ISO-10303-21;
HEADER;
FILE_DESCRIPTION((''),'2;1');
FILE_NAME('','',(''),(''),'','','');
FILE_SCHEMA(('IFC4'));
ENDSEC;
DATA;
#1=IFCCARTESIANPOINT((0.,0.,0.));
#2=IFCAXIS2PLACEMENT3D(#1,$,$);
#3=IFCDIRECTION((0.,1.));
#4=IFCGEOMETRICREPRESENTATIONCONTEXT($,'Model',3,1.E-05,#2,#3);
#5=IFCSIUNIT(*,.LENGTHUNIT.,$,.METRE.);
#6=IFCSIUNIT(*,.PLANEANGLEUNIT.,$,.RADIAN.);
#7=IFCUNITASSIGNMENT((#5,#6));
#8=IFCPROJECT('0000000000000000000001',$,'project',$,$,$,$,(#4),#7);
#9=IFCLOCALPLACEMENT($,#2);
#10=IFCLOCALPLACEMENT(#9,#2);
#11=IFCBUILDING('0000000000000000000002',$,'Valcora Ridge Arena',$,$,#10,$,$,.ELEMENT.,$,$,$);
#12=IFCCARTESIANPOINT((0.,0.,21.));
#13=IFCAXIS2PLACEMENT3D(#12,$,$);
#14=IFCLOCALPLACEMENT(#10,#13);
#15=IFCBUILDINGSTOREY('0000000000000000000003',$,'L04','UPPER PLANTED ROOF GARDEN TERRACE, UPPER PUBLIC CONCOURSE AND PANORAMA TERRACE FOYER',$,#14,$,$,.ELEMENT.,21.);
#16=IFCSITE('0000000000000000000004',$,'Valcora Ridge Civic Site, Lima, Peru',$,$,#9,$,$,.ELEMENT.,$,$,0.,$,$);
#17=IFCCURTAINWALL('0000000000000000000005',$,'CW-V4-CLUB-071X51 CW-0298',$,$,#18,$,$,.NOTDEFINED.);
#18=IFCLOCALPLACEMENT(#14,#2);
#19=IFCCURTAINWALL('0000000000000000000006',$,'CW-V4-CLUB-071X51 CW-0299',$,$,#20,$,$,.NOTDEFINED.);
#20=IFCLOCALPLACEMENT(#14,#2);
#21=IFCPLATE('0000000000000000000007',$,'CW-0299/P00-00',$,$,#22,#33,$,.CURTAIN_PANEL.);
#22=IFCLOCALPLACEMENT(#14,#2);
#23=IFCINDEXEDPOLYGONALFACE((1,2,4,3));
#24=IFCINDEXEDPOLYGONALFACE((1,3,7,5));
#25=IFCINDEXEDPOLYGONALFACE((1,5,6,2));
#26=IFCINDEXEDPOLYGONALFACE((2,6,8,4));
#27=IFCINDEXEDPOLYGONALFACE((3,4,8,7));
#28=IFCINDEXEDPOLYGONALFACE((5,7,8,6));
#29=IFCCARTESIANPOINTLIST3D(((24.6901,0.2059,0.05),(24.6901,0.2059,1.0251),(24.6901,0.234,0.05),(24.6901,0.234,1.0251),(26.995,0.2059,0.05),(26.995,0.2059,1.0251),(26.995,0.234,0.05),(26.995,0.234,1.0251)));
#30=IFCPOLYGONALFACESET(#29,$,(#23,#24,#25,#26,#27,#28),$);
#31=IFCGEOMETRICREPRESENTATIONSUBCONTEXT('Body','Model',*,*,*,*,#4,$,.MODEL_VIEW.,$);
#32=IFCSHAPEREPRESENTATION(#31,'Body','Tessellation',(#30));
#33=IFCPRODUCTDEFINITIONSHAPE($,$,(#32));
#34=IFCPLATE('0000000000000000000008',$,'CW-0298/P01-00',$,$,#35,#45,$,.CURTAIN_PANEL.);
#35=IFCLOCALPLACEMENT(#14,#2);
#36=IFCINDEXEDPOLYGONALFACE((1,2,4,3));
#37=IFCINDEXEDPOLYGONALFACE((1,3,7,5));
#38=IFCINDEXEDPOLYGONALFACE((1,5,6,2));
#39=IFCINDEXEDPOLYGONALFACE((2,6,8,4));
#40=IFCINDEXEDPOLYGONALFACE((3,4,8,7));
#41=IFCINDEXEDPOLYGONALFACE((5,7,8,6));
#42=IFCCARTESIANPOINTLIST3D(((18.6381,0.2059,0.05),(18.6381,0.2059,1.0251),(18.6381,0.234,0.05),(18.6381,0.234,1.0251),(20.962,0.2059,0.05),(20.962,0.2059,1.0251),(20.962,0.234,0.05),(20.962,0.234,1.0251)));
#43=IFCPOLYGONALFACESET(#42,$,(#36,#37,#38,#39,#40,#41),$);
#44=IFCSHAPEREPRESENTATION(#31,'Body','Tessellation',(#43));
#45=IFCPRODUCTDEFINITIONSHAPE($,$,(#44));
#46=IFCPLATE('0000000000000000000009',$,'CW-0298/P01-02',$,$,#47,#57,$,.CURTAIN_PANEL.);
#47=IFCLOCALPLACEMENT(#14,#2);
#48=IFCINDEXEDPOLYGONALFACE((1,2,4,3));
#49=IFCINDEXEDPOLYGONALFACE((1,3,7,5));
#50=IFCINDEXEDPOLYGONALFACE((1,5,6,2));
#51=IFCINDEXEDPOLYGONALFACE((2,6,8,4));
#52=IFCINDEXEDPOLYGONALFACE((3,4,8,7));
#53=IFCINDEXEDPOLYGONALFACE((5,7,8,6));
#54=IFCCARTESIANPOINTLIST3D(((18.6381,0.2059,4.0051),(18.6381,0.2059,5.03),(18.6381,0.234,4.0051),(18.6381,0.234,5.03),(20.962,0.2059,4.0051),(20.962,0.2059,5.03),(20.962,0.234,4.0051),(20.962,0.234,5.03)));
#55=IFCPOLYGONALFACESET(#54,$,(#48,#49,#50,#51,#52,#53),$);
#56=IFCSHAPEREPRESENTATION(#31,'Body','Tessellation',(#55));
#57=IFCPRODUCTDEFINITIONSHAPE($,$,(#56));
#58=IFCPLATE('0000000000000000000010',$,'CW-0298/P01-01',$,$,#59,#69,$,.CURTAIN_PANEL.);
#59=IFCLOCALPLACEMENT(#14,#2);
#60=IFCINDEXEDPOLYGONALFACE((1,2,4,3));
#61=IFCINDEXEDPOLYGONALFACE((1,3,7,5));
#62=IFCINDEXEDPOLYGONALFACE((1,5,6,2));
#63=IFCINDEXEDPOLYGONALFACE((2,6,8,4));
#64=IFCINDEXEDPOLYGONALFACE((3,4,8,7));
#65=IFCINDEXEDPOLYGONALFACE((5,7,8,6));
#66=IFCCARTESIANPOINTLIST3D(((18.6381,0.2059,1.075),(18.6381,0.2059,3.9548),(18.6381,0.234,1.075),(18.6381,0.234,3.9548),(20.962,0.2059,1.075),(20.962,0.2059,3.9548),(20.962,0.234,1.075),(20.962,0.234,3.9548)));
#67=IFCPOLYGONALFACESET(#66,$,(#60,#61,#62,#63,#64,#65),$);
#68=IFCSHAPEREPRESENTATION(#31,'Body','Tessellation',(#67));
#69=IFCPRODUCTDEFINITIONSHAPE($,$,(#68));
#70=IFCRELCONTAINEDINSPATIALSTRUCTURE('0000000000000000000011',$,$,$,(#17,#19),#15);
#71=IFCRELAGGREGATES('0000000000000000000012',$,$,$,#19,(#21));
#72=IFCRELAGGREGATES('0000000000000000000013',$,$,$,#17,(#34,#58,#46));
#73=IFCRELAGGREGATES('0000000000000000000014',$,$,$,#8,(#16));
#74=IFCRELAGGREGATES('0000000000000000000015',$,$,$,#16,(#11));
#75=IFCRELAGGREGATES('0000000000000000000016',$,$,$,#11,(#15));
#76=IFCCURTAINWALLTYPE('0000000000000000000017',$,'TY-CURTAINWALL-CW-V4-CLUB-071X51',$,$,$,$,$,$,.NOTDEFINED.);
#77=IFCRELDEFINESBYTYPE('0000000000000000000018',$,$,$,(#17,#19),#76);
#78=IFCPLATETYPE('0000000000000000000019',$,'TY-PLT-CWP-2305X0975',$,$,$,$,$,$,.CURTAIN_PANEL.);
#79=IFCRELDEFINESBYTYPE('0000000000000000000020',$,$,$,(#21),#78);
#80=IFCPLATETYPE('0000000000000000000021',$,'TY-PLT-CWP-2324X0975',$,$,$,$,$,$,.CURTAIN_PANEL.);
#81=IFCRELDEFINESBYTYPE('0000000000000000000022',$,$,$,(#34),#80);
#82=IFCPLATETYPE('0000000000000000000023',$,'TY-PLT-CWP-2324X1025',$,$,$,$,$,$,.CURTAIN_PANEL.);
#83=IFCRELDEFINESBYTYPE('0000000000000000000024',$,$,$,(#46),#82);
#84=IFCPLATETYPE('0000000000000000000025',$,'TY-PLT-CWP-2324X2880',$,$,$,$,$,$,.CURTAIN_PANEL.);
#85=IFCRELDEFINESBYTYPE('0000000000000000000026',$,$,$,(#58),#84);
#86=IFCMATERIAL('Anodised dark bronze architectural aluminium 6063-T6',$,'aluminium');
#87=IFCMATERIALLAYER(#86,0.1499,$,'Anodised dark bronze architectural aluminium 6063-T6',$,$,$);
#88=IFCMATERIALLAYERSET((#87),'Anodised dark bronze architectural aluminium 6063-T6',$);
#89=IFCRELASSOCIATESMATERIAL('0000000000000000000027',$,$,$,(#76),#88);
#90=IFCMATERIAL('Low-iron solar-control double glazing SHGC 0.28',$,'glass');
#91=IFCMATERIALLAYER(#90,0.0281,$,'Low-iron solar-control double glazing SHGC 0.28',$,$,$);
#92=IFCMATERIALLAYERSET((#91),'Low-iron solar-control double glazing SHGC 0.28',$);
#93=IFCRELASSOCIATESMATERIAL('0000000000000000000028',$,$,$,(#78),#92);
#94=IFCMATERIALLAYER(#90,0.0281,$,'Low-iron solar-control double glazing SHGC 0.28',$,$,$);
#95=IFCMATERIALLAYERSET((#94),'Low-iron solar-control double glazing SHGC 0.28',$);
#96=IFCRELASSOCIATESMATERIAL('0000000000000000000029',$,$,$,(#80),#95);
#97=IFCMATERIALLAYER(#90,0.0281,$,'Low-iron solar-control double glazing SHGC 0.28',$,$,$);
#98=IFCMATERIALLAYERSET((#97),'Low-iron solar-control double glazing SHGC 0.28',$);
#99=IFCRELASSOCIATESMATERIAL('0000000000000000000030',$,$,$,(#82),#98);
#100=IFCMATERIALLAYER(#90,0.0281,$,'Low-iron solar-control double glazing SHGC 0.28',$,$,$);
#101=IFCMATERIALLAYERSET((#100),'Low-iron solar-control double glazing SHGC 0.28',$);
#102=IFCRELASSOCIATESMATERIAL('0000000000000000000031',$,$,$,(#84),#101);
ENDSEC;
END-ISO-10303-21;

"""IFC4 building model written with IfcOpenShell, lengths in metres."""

from ifc_helpers import new_model, si_unit, direction, frame, origin, origin_2d, place, context, subcontext, project, spatial, rectangle, extrude, material, layer, layer_set, type_object, element, aggregate, save


model = new_model("IFC4")

# Units and contexts
model_context = context("Model", 3, precision=1e-05, world=origin(), true_north=direction((0.0, 1.0)))
body_context = subcontext(model_context, "Body", "Model", "MODEL_VIEW")
ifc_project = project(units=[si_unit("LENGTHUNIT", "METRE"), si_unit("PLANEANGLEUNIT", "RADIAN")], contexts=[model_context])

# Site, building, storey
site_placement = place(None, origin())
site = spatial("IfcSite", under=ifc_project, at=site_placement, Name="Valcora Ridge Civic Site, Lima, Peru", CompositionType="ELEMENT", RefElevation=0.0)
building_placement = place(site_placement, origin())
building = spatial("IfcBuilding", under=site, at=building_placement, Name="Valcora Ridge Arena", CompositionType="ELEMENT")
storey_placement = place(building_placement, frame((0.0, 0.0, 21.0)))
storey = spatial("IfcBuildingStorey", under=building, at=storey_placement, Name="L04", Description="UPPER PLANTED ROOF GARDEN TERRACE, UPPER PUBLIC CONCOURSE AND PANORAMA TERRACE FOYER", CompositionType="ELEMENT", Elevation=21.0)

# Curtain wall
ifc_material_1 = material(Name="Anodised dark bronze architectural aluminium 6063-T6", Category="aluminium")
ifc_layer_1 = layer(ifc_material_1, 0.1499, Name="Anodised dark bronze architectural aluminium 6063-T6")
ifc_layer_set_1 = layer_set([ifc_layer_1], Name="Anodised dark bronze architectural aluminium 6063-T6")
curtain_wall_type = type_object("IfcCurtainWallType", Name="TY-CURTAINWALL-CW-V4-CLUB-071X51", PredefinedType="NOTDEFINED", material=ifc_layer_set_1)
curtain_wall_1_placement = place(storey_placement, origin())
curtain_wall_1 = element("IfcCurtainWall", 1, at=curtain_wall_1_placement, inside=storey, type_object=curtain_wall_type, Name="CW-V4-CLUB-071X51 CW-0298", PredefinedType="NOTDEFINED")

# Curtain wall
curtain_wall_2_placement = place(storey_placement, origin())
curtain_wall_2 = element("IfcCurtainWall", 2, at=curtain_wall_2_placement, inside=storey, type_object=curtain_wall_type, Name="CW-V4-CLUB-071X51 CW-0299", PredefinedType="NOTDEFINED")

# Plates
ifc_material_2 = material(Name="Low-iron solar-control double glazing SHGC 0.28", Category="glass")
ifc_layer_2 = layer(ifc_material_2, 0.0281, Name="Low-iron solar-control double glazing SHGC 0.28")
ifc_layer_set_2 = layer_set([ifc_layer_2], Name="Low-iron solar-control double glazing SHGC 0.28")
plate_type_1 = type_object("IfcPlateType", Name="TY-PLT-CWP-2305X0975", PredefinedType="CURTAIN_PANEL", material=ifc_layer_set_2)
plate_1_placement = place(storey_placement, frame((25.8425, 0.22, 0.05), z_axis=(0.0, 0.0, 1.0), x_axis=(1.0, 0.0, 0.0)))
plate_1 = element("IfcPlate", 3, at=plate_1_placement, type_object=plate_type_1, Name="CW-0299/P00-00", PredefinedType="CURTAIN_PANEL", context=body_context, shape_type="SweptSolid", body=[
    extrude(rectangle(XDim=2.3049, YDim=0.0281, at=origin_2d()), origin(), (0.0, 0.0, 1.0), 0.9751),
])
aggregate(curtain_wall_2, [plate_1])
ifc_layer_3 = layer(ifc_material_2, 0.0281, Name="Low-iron solar-control double glazing SHGC 0.28")
ifc_layer_set_3 = layer_set([ifc_layer_3], Name="Low-iron solar-control double glazing SHGC 0.28")
plate_type_2 = type_object("IfcPlateType", Name="TY-PLT-CWP-2324X0975", PredefinedType="CURTAIN_PANEL", material=ifc_layer_set_3)
plate_2_placement = place(storey_placement, frame((19.8, 0.22, 0.05), z_axis=(0.0, 0.0, 1.0), x_axis=(1.0, 0.0, 0.0)))
plate_2 = element("IfcPlate", 4, at=plate_2_placement, type_object=plate_type_2, Name="CW-0298/P01-00", PredefinedType="CURTAIN_PANEL", context=body_context, shape_type="SweptSolid", body=[
    extrude(rectangle(XDim=2.324, YDim=0.0281, at=origin_2d()), origin(), (0.0, 0.0, 1.0), 0.9751),
])
ifc_layer_4 = layer(ifc_material_2, 0.0281, Name="Low-iron solar-control double glazing SHGC 0.28")
ifc_layer_set_4 = layer_set([ifc_layer_4], Name="Low-iron solar-control double glazing SHGC 0.28")
plate_type_3 = type_object("IfcPlateType", Name="TY-PLT-CWP-2324X1025", PredefinedType="CURTAIN_PANEL", material=ifc_layer_set_4)
plate_3_placement = place(storey_placement, frame((19.8, 0.22, 4.0051), z_axis=(0.0, 0.0, 1.0), x_axis=(1.0, 0.0, 0.0)))
plate_3 = element("IfcPlate", 5, at=plate_3_placement, type_object=plate_type_3, Name="CW-0298/P01-02", PredefinedType="CURTAIN_PANEL", context=body_context, shape_type="SweptSolid", body=[
    extrude(rectangle(XDim=2.324, YDim=0.0281, at=origin_2d()), origin(), (0.0, 0.0, 1.0), 1.0249),
])
ifc_layer_5 = layer(ifc_material_2, 0.0281, Name="Low-iron solar-control double glazing SHGC 0.28")
ifc_layer_set_5 = layer_set([ifc_layer_5], Name="Low-iron solar-control double glazing SHGC 0.28")
plate_type_4 = type_object("IfcPlateType", Name="TY-PLT-CWP-2324X2880", PredefinedType="CURTAIN_PANEL", material=ifc_layer_set_5)
plate_4_placement = place(storey_placement, frame((19.8, 0.22, 1.075), z_axis=(0.0, 0.0, 1.0), x_axis=(1.0, 0.0, 0.0)))
plate_4 = element("IfcPlate", 6, at=plate_4_placement, type_object=plate_type_4, Name="CW-0298/P01-01", PredefinedType="CURTAIN_PANEL", context=body_context, shape_type="SweptSolid", body=[
    extrude(rectangle(XDim=2.324, YDim=0.0281, at=origin_2d()), origin(), (0.0, 0.0, 1.0), 2.8799),
])
aggregate(curtain_wall_1, [plate_2, plate_4, plate_3])

save(model, "model.ifc")
